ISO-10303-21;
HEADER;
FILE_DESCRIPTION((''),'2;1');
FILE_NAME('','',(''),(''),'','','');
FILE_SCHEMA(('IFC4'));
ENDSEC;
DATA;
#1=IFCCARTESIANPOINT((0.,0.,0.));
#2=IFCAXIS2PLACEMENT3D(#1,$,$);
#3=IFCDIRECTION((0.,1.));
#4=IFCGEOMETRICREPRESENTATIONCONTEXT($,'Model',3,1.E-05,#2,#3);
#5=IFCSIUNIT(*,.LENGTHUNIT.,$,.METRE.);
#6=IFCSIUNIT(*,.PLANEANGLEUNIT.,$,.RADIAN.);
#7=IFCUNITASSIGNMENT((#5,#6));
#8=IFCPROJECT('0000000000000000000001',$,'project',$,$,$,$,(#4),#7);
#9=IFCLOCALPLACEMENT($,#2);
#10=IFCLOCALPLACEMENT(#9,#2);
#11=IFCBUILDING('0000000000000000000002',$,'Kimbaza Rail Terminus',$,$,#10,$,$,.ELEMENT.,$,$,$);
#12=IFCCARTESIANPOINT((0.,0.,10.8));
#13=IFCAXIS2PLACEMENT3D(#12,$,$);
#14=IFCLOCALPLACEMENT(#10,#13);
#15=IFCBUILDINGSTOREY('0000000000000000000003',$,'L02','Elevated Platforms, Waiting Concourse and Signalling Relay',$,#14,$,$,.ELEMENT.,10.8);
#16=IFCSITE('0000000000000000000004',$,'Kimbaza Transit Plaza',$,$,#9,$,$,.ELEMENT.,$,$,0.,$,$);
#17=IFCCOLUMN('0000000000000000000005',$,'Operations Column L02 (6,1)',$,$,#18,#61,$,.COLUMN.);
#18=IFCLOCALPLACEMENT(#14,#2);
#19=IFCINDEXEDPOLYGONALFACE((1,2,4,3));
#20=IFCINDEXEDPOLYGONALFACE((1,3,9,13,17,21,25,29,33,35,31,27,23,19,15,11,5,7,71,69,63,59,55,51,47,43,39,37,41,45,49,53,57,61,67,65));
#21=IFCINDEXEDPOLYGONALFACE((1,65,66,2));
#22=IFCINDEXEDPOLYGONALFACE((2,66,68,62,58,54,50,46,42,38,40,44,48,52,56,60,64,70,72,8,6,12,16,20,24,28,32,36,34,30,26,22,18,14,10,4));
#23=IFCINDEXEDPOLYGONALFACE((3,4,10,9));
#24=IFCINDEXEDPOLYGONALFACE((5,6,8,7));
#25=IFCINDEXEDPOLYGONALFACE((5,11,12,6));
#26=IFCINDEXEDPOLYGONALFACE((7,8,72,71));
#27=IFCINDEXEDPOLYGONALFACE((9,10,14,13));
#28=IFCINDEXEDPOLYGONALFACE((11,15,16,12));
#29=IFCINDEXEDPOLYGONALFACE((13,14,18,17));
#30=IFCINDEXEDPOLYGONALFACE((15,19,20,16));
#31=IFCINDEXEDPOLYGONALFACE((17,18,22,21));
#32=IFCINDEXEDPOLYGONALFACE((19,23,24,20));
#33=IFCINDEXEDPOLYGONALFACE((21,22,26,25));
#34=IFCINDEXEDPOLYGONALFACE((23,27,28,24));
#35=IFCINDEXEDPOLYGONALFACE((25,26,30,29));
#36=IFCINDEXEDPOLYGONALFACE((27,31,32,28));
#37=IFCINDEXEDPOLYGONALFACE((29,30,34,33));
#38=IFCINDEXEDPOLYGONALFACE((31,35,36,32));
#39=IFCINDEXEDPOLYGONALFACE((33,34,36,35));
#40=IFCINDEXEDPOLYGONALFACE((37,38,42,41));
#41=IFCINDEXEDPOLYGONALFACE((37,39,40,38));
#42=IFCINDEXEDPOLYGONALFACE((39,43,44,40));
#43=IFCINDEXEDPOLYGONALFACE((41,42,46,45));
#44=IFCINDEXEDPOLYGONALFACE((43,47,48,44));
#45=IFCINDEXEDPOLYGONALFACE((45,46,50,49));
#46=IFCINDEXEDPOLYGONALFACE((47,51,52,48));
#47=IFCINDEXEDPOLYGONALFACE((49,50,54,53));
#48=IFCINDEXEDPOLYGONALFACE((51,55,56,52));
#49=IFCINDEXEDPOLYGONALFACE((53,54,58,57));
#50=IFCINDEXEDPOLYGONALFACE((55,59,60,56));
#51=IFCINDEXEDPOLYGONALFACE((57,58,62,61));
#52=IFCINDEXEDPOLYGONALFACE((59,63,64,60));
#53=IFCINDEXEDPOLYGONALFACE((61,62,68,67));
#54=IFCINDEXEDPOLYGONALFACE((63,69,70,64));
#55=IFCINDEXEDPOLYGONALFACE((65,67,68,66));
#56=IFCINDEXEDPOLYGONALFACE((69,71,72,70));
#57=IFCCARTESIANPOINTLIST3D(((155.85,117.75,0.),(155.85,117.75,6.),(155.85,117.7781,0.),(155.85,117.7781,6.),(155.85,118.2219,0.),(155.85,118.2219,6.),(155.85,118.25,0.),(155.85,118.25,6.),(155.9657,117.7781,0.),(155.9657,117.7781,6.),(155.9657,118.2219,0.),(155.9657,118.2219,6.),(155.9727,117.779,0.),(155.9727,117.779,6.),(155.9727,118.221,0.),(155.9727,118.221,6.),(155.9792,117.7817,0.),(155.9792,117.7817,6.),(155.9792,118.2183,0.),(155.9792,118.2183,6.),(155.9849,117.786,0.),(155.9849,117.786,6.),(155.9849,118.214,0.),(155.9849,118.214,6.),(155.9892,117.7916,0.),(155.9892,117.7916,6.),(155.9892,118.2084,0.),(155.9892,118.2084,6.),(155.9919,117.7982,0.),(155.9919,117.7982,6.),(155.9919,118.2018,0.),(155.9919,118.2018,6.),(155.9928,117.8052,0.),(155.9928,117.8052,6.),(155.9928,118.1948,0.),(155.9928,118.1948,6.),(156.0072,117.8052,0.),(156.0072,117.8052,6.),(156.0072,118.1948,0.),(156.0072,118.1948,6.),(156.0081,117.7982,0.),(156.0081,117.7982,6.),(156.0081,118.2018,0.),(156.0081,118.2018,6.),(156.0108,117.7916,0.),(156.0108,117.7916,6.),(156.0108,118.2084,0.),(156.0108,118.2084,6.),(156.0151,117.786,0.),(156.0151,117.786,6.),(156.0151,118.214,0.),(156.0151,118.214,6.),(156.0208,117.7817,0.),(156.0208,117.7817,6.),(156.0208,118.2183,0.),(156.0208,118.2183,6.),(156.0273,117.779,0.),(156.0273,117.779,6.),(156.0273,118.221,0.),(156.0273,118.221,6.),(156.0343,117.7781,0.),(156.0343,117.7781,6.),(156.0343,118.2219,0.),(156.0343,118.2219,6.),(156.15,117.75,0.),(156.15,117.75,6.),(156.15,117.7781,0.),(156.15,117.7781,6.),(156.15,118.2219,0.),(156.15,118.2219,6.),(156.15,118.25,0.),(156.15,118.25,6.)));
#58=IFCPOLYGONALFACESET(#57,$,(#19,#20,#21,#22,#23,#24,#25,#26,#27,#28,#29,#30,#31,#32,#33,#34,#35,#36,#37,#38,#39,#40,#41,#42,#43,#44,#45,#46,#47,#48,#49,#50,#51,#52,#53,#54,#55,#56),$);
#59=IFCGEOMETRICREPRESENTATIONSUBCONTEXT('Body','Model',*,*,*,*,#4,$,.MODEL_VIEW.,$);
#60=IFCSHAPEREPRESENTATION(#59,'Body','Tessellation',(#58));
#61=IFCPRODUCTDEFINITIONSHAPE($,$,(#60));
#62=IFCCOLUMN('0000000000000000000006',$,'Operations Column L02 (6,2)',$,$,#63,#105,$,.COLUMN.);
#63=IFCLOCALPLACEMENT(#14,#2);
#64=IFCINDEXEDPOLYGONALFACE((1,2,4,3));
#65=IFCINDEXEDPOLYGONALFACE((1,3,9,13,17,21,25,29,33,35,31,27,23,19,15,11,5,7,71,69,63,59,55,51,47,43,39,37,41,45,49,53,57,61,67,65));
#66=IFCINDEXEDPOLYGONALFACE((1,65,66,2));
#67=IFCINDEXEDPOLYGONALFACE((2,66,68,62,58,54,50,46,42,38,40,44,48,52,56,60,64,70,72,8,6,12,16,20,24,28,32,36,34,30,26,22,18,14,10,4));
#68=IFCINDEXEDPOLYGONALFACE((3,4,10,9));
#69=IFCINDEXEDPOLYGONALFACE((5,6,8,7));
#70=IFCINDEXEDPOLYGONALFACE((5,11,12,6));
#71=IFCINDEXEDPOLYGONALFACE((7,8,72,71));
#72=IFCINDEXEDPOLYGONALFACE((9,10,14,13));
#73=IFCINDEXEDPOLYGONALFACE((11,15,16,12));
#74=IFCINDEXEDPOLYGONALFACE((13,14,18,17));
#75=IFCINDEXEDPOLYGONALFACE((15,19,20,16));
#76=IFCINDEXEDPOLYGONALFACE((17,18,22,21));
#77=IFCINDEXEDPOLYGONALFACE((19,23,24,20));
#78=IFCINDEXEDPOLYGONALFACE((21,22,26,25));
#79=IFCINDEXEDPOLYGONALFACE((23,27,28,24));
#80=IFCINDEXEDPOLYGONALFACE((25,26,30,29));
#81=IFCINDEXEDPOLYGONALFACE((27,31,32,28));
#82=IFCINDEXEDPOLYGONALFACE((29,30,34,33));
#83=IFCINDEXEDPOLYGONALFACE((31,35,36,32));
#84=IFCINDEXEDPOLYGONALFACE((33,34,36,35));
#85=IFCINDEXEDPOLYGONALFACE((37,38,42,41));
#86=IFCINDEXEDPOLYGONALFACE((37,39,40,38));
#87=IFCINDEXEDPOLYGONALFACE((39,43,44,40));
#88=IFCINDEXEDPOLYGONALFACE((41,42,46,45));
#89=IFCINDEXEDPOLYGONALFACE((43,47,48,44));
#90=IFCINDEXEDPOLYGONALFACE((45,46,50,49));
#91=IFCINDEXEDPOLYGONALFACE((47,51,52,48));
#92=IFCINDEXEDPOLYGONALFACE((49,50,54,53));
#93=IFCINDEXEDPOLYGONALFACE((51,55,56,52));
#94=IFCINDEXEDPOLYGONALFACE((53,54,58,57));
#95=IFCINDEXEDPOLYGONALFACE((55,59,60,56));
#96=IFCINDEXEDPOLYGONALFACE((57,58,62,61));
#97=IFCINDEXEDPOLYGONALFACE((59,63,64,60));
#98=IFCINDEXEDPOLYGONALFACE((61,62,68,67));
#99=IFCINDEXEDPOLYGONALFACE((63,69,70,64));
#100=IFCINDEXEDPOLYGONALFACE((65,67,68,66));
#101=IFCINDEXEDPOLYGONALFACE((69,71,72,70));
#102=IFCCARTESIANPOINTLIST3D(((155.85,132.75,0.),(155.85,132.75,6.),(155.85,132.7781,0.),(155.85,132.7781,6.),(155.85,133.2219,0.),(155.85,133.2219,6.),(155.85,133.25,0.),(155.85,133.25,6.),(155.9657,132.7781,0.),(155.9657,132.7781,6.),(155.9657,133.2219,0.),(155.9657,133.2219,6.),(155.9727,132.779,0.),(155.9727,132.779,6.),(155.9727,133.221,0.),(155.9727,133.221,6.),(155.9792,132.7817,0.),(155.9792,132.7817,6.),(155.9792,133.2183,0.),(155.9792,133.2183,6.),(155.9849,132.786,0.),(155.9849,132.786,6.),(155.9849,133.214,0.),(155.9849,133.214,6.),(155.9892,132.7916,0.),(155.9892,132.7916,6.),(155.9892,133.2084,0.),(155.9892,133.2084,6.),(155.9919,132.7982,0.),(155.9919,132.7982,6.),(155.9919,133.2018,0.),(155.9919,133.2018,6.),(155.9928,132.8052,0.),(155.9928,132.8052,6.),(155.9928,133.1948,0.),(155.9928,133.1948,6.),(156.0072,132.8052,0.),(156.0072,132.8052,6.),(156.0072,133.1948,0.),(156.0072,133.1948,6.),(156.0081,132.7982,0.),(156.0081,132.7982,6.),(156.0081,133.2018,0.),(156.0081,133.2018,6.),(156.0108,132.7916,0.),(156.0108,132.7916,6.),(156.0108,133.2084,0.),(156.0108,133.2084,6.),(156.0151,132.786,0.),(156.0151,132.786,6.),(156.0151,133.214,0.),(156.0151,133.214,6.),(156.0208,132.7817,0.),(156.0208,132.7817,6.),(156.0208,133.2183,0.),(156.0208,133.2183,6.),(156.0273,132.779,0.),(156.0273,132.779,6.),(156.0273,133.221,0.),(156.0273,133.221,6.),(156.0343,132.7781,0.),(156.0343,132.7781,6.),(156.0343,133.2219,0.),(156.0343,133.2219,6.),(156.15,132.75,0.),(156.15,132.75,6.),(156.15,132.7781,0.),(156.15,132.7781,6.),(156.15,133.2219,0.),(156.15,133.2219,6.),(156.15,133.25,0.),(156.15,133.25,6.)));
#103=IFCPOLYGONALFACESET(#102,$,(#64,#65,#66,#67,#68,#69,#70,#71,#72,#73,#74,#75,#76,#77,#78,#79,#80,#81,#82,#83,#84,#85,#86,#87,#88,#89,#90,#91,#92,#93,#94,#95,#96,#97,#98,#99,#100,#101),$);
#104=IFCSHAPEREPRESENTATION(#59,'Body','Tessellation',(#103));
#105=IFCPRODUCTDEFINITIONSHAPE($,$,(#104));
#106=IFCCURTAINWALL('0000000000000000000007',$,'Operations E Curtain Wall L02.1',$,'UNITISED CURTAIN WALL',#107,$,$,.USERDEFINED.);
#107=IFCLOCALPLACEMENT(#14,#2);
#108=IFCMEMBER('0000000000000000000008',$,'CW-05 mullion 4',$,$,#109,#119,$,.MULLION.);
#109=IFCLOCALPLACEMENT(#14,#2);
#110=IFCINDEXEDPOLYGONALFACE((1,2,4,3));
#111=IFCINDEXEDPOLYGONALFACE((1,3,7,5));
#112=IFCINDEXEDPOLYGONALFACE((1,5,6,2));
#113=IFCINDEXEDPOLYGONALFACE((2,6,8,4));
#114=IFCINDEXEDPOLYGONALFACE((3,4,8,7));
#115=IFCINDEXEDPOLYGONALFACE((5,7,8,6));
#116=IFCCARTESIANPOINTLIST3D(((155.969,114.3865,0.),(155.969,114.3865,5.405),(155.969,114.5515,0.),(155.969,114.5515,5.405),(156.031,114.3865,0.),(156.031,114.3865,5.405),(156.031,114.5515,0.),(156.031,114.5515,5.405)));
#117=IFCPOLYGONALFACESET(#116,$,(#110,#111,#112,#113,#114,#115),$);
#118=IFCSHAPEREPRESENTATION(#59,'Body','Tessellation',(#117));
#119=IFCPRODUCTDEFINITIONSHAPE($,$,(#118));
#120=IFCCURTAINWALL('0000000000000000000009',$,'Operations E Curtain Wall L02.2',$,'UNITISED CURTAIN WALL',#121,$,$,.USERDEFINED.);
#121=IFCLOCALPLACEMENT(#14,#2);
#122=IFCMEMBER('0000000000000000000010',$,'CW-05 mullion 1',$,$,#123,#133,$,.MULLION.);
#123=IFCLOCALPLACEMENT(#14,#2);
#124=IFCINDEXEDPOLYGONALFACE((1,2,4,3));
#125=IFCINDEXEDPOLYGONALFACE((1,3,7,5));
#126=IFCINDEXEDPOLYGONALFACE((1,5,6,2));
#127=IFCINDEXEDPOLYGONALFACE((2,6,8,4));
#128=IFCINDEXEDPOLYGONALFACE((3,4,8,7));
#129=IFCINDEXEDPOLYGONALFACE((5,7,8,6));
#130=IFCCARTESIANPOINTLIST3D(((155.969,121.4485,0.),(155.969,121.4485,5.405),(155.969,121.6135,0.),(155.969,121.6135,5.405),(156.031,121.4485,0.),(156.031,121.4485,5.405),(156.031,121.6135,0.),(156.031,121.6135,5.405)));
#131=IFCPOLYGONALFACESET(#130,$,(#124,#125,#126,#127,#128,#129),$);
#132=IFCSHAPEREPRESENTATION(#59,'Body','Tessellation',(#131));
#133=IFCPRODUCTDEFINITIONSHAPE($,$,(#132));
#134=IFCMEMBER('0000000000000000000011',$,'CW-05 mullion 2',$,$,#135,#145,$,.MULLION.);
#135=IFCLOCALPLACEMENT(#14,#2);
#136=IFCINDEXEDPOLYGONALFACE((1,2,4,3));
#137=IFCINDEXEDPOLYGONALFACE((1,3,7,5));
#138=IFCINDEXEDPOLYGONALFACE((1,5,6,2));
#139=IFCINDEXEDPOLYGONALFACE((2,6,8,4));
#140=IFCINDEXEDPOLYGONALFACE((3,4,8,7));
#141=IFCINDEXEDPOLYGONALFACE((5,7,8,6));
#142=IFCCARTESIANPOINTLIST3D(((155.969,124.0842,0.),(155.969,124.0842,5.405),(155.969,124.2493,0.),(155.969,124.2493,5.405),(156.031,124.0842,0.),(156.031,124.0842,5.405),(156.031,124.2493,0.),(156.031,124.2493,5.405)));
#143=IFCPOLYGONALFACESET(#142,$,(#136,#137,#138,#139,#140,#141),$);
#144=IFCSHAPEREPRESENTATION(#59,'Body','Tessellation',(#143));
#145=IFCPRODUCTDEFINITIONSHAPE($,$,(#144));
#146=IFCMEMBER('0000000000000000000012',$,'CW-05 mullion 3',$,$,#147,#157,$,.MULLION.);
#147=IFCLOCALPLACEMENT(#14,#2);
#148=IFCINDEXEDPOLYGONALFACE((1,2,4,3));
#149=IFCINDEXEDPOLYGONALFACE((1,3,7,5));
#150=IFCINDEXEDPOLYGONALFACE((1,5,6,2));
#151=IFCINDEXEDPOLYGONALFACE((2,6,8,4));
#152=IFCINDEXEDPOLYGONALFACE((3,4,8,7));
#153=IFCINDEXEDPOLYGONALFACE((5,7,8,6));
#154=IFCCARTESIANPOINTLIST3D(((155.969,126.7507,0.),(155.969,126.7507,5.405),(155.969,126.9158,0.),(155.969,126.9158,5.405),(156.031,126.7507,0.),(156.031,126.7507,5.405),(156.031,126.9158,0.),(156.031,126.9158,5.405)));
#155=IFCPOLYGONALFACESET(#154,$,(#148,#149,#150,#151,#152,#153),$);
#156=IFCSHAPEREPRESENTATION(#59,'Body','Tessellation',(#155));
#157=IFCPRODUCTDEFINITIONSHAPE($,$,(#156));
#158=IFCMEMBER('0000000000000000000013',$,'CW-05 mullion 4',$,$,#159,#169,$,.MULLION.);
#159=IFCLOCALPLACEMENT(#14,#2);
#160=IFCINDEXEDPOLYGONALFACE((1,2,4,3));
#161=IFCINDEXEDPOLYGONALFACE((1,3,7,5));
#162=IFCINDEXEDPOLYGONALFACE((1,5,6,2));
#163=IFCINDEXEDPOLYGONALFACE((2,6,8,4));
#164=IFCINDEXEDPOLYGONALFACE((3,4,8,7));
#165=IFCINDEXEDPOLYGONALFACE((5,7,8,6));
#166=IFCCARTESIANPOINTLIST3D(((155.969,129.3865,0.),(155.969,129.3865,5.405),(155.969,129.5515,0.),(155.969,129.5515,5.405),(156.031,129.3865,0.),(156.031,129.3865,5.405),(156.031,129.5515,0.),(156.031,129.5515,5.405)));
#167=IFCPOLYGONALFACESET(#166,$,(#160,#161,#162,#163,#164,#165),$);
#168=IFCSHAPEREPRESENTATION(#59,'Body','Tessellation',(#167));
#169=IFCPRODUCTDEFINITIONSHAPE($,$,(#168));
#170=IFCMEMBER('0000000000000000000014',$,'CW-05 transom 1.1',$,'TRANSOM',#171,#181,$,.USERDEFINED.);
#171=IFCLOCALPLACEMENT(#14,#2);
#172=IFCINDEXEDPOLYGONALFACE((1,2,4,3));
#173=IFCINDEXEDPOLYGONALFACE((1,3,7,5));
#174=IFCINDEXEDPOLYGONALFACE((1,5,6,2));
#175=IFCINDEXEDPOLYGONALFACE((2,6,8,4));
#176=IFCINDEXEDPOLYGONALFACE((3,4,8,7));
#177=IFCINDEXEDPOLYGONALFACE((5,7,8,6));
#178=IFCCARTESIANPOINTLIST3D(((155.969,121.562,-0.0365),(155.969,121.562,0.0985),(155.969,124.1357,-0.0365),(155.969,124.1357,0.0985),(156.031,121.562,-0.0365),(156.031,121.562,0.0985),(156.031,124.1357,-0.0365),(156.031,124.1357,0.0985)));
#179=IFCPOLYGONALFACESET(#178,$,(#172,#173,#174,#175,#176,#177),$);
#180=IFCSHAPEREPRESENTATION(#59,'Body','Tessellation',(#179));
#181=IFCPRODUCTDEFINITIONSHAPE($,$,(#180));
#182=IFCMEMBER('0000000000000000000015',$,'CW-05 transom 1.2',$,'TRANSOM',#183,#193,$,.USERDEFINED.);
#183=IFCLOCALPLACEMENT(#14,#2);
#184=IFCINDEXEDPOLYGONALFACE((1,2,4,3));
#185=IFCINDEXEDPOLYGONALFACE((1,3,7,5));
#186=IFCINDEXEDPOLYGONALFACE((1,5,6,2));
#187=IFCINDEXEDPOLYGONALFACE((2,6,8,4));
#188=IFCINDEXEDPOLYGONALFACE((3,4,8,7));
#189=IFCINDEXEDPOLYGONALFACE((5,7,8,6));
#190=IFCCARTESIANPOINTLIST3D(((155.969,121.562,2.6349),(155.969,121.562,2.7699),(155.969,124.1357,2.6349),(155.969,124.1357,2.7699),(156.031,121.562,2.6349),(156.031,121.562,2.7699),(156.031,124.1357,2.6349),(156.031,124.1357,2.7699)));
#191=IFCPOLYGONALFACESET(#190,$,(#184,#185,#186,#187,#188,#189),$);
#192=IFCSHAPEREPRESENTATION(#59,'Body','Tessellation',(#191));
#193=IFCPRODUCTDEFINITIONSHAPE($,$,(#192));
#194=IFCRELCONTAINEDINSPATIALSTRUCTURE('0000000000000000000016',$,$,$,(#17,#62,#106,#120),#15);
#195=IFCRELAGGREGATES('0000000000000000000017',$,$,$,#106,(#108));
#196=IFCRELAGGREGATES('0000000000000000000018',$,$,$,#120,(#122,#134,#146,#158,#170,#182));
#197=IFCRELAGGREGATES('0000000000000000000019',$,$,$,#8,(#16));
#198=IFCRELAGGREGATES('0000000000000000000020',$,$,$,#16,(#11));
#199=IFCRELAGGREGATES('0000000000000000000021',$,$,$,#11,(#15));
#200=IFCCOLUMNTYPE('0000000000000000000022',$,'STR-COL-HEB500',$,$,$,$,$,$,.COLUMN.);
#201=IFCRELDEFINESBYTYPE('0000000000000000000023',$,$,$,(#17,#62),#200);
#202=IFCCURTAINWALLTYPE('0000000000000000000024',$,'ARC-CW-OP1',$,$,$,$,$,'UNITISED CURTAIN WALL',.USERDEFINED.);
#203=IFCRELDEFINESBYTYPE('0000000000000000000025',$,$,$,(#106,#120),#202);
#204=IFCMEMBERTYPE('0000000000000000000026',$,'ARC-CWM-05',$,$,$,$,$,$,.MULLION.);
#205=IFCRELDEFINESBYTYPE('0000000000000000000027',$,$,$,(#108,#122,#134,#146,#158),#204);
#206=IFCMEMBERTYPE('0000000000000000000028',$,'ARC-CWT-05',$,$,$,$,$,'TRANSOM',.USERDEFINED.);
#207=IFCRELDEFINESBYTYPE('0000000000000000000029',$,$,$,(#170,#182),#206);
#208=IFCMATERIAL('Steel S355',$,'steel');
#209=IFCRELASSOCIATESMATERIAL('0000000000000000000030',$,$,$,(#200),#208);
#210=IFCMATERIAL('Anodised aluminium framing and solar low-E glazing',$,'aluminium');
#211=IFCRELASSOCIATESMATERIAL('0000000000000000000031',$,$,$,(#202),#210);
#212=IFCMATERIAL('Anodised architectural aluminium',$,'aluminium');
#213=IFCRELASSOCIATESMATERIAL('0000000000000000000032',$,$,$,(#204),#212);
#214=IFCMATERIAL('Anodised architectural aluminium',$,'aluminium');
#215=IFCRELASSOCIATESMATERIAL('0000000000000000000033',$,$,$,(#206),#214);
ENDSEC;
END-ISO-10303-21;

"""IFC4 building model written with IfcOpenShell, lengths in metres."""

from ifc_helpers import new_model, si_unit, direction, frame, origin, origin_2d, place, context, subcontext, project, spatial, rectangle, i_section, extrude, material, material_profile, profile_set, type_object, element, aggregate, save


model = new_model("IFC4")

# Units and contexts
model_context = context("Model", 3, precision=1e-05, world=origin(), true_north=direction((0.0, 1.0)))
body_context = subcontext(model_context, "Body", "Model", "MODEL_VIEW")
ifc_project = project(units=[si_unit("LENGTHUNIT", "METRE"), si_unit("PLANEANGLEUNIT", "RADIAN")], contexts=[model_context])

# Site, building, storey
site_placement = place(None, origin())
site = spatial("IfcSite", under=ifc_project, at=site_placement, Name="Kimbaza Transit Plaza", CompositionType="ELEMENT", RefElevation=0.0)
building_placement = place(site_placement, origin())
building = spatial("IfcBuilding", under=site, at=building_placement, Name="Kimbaza Rail Terminus", CompositionType="ELEMENT")
storey_placement = place(building_placement, frame((0.0, 0.0, 10.8)))
storey = spatial("IfcBuildingStorey", under=building, at=storey_placement, Name="L02", Description="Elevated Platforms, Waiting Concourse and Signalling Relay", CompositionType="ELEMENT", Elevation=10.8)

# Columns
ifc_material_1 = material(Name="Steel S355", Category="steel")
ifc_material_profile_1 = material_profile(ifc_material_1, i_section(OverallWidth=0.3, OverallDepth=0.5, WebThickness=0.0144, FlangeThickness=0.0281, FilletRadius=0.0271, at=origin_2d()), Name="HEB 500")
ifc_profile_set_1 = profile_set([ifc_material_profile_1], Name="Steel S355")
column_type = type_object("IfcColumnType", Name="STR-COL-HEB500", PredefinedType="COLUMN", material=ifc_profile_set_1)
for number, where, z_axis, x_axis, name in (
    (1, (156.0, 118.0, 0.0), (0.0, 0.0, 1.0), (1.0, 0.0, 0.0), "Operations Column L02 (6,1)"),
    (2, (156.0, 133.0, 0.0), (0.0, 0.0, 1.0), (1.0, 0.0, 0.0), "Operations Column L02 (6,2)"),
):
    element("IfcColumn", number, at=place(storey_placement, frame(where, z_axis=z_axis, x_axis=x_axis)), inside=storey, type_object=column_type, Name=name, PredefinedType="COLUMN", context=body_context, shape_type="SweptSolid", body=[
        extrude(i_section(OverallWidth=0.3, OverallDepth=0.5, WebThickness=0.0144, FlangeThickness=0.0281, FilletRadius=0.0271, at=origin_2d()), origin(), (0.0, 0.0, 1.0), 6.0),
    ])

# Curtain wall, member
ifc_material_2 = material(Name="Anodised aluminium framing and solar low-E glazing", Category="aluminium")
curtain_wall_type = type_object("IfcCurtainWallType", Name="ARC-CW-OP1", ElementType="UNITISED CURTAIN WALL", PredefinedType="USERDEFINED", material=ifc_material_2)
curtain_wall_1_placement = place(storey_placement, origin())
curtain_wall_1 = element("IfcCurtainWall", 3, at=curtain_wall_1_placement, inside=storey, type_object=curtain_wall_type, Name="Operations E Curtain Wall L02.1", ObjectType="UNITISED CURTAIN WALL", PredefinedType="USERDEFINED")
ifc_material_3 = material(Name="Anodised architectural aluminium", Category="aluminium")
ifc_material_profile_2 = material_profile(ifc_material_3, rectangle(XDim=0.062, YDim=0.165, at=origin_2d()), Name="MULLION 62x165")
ifc_profile_set_2 = profile_set([ifc_material_profile_2], Name="Anodised architectural aluminium")
member_type_1 = type_object("IfcMemberType", Name="ARC-CWM-05", PredefinedType="MULLION", material=ifc_profile_set_2)
member_1_placement = place(storey_placement, frame((156.0, 114.469, 0.0), z_axis=(0.0, 0.0, 1.0), x_axis=(-1.0, 0.0, 0.0)))
member_1 = element("IfcMember", 4, at=member_1_placement, type_object=member_type_1, Name="CW-05 mullion 4", PredefinedType="MULLION", context=body_context, shape_type="SweptSolid", body=[
    extrude(rectangle(XDim=0.062, YDim=0.165, at=origin_2d()), origin(), (0.0, 0.0, 1.0), 5.405),
])

# Curtain wall, members
curtain_wall_2_placement = place(storey_placement, origin())
curtain_wall_2 = element("IfcCurtainWall", 5, at=curtain_wall_2_placement, inside=storey, type_object=curtain_wall_type, Name="Operations E Curtain Wall L02.2", ObjectType="UNITISED CURTAIN WALL", PredefinedType="USERDEFINED")
member_2_placement = place(storey_placement, frame((156.0, 121.531, 0.0), z_axis=(0.0, 0.0, 1.0), x_axis=(-1.0, 0.0, 0.0)))
member_2 = element("IfcMember", 6, at=member_2_placement, type_object=member_type_1, Name="CW-05 mullion 1", PredefinedType="MULLION", context=body_context, shape_type="SweptSolid", body=[
    extrude(rectangle(XDim=0.062, YDim=0.165, at=origin_2d()), origin(), (0.0, 0.0, 1.0), 5.405),
])
member_3_placement = place(storey_placement, frame((156.0, 124.1667, 0.0), z_axis=(0.0, 0.0, 1.0), x_axis=(-1.0, 0.0, 0.0)))
member_3 = element("IfcMember", 7, at=member_3_placement, type_object=member_type_1, Name="CW-05 mullion 2", PredefinedType="MULLION", context=body_context, shape_type="SweptSolid", body=[
    extrude(rectangle(XDim=0.062, YDim=0.165, at=origin_2d()), origin(), (0.0, 0.0, 1.0), 5.405),
])
member_4_placement = place(storey_placement, frame((156.0, 126.8333, 0.0), z_axis=(0.0, 0.0, 1.0), x_axis=(-1.0, 0.0, 0.0)))
member_4 = element("IfcMember", 8, at=member_4_placement, type_object=member_type_1, Name="CW-05 mullion 3", PredefinedType="MULLION", context=body_context, shape_type="SweptSolid", body=[
    extrude(rectangle(XDim=0.062, YDim=0.165, at=origin_2d()), origin(), (0.0, 0.0, 1.0), 5.405),
])
member_5_placement = place(storey_placement, frame((156.0, 129.469, 0.0), z_axis=(0.0, 0.0, 1.0), x_axis=(-1.0, 0.0, 0.0)))
member_5 = element("IfcMember", 9, at=member_5_placement, type_object=member_type_1, Name="CW-05 mullion 4", PredefinedType="MULLION", context=body_context, shape_type="SweptSolid", body=[
    extrude(rectangle(XDim=0.062, YDim=0.165, at=origin_2d()), origin(), (0.0, 0.0, 1.0), 5.405),
])
ifc_material_4 = material(Name="Anodised architectural aluminium", Category="aluminium")
ifc_material_profile_3 = material_profile(ifc_material_4, rectangle(XDim=0.062, YDim=0.135, at=origin_2d()), Name="TRANSOM 62x135")
ifc_profile_set_3 = profile_set([ifc_material_profile_3], Name="Anodised architectural aluminium")
member_type_2 = type_object("IfcMemberType", Name="ARC-CWT-05", ElementType="TRANSOM", PredefinedType="USERDEFINED", material=ifc_profile_set_3)
member_6_placement = place(storey_placement, frame((156.0, 121.562, 0.031), z_axis=(0.0, 1.0, 0.0), x_axis=(-1.0, 0.0, 0.0)))
member_6 = element("IfcMember", 10, at=member_6_placement, type_object=member_type_2, Name="CW-05 transom 1.1", ObjectType="TRANSOM", PredefinedType="USERDEFINED", context=body_context, shape_type="SweptSolid", body=[
    extrude(rectangle(XDim=0.062, YDim=0.135, at=origin_2d()), origin(), (0.0, 0.0, 1.0), 2.5737),
])
member_7_placement = place(storey_placement, frame((156.0, 121.562, 2.7024), z_axis=(0.0, 1.0, 0.0), x_axis=(-1.0, 0.0, 0.0)))
member_7 = element("IfcMember", 11, at=member_7_placement, type_object=member_type_2, Name="CW-05 transom 1.2", ObjectType="TRANSOM", PredefinedType="USERDEFINED", context=body_context, shape_type="SweptSolid", body=[
    extrude(rectangle(XDim=0.062, YDim=0.135, at=origin_2d()), origin(), (0.0, 0.0, 1.0), 2.5737),
])

aggregate(curtain_wall_1, [member_1])
aggregate(curtain_wall_2, [member_2, member_3, member_4, member_5, member_6, member_7])

save(model, "model.ifc")
